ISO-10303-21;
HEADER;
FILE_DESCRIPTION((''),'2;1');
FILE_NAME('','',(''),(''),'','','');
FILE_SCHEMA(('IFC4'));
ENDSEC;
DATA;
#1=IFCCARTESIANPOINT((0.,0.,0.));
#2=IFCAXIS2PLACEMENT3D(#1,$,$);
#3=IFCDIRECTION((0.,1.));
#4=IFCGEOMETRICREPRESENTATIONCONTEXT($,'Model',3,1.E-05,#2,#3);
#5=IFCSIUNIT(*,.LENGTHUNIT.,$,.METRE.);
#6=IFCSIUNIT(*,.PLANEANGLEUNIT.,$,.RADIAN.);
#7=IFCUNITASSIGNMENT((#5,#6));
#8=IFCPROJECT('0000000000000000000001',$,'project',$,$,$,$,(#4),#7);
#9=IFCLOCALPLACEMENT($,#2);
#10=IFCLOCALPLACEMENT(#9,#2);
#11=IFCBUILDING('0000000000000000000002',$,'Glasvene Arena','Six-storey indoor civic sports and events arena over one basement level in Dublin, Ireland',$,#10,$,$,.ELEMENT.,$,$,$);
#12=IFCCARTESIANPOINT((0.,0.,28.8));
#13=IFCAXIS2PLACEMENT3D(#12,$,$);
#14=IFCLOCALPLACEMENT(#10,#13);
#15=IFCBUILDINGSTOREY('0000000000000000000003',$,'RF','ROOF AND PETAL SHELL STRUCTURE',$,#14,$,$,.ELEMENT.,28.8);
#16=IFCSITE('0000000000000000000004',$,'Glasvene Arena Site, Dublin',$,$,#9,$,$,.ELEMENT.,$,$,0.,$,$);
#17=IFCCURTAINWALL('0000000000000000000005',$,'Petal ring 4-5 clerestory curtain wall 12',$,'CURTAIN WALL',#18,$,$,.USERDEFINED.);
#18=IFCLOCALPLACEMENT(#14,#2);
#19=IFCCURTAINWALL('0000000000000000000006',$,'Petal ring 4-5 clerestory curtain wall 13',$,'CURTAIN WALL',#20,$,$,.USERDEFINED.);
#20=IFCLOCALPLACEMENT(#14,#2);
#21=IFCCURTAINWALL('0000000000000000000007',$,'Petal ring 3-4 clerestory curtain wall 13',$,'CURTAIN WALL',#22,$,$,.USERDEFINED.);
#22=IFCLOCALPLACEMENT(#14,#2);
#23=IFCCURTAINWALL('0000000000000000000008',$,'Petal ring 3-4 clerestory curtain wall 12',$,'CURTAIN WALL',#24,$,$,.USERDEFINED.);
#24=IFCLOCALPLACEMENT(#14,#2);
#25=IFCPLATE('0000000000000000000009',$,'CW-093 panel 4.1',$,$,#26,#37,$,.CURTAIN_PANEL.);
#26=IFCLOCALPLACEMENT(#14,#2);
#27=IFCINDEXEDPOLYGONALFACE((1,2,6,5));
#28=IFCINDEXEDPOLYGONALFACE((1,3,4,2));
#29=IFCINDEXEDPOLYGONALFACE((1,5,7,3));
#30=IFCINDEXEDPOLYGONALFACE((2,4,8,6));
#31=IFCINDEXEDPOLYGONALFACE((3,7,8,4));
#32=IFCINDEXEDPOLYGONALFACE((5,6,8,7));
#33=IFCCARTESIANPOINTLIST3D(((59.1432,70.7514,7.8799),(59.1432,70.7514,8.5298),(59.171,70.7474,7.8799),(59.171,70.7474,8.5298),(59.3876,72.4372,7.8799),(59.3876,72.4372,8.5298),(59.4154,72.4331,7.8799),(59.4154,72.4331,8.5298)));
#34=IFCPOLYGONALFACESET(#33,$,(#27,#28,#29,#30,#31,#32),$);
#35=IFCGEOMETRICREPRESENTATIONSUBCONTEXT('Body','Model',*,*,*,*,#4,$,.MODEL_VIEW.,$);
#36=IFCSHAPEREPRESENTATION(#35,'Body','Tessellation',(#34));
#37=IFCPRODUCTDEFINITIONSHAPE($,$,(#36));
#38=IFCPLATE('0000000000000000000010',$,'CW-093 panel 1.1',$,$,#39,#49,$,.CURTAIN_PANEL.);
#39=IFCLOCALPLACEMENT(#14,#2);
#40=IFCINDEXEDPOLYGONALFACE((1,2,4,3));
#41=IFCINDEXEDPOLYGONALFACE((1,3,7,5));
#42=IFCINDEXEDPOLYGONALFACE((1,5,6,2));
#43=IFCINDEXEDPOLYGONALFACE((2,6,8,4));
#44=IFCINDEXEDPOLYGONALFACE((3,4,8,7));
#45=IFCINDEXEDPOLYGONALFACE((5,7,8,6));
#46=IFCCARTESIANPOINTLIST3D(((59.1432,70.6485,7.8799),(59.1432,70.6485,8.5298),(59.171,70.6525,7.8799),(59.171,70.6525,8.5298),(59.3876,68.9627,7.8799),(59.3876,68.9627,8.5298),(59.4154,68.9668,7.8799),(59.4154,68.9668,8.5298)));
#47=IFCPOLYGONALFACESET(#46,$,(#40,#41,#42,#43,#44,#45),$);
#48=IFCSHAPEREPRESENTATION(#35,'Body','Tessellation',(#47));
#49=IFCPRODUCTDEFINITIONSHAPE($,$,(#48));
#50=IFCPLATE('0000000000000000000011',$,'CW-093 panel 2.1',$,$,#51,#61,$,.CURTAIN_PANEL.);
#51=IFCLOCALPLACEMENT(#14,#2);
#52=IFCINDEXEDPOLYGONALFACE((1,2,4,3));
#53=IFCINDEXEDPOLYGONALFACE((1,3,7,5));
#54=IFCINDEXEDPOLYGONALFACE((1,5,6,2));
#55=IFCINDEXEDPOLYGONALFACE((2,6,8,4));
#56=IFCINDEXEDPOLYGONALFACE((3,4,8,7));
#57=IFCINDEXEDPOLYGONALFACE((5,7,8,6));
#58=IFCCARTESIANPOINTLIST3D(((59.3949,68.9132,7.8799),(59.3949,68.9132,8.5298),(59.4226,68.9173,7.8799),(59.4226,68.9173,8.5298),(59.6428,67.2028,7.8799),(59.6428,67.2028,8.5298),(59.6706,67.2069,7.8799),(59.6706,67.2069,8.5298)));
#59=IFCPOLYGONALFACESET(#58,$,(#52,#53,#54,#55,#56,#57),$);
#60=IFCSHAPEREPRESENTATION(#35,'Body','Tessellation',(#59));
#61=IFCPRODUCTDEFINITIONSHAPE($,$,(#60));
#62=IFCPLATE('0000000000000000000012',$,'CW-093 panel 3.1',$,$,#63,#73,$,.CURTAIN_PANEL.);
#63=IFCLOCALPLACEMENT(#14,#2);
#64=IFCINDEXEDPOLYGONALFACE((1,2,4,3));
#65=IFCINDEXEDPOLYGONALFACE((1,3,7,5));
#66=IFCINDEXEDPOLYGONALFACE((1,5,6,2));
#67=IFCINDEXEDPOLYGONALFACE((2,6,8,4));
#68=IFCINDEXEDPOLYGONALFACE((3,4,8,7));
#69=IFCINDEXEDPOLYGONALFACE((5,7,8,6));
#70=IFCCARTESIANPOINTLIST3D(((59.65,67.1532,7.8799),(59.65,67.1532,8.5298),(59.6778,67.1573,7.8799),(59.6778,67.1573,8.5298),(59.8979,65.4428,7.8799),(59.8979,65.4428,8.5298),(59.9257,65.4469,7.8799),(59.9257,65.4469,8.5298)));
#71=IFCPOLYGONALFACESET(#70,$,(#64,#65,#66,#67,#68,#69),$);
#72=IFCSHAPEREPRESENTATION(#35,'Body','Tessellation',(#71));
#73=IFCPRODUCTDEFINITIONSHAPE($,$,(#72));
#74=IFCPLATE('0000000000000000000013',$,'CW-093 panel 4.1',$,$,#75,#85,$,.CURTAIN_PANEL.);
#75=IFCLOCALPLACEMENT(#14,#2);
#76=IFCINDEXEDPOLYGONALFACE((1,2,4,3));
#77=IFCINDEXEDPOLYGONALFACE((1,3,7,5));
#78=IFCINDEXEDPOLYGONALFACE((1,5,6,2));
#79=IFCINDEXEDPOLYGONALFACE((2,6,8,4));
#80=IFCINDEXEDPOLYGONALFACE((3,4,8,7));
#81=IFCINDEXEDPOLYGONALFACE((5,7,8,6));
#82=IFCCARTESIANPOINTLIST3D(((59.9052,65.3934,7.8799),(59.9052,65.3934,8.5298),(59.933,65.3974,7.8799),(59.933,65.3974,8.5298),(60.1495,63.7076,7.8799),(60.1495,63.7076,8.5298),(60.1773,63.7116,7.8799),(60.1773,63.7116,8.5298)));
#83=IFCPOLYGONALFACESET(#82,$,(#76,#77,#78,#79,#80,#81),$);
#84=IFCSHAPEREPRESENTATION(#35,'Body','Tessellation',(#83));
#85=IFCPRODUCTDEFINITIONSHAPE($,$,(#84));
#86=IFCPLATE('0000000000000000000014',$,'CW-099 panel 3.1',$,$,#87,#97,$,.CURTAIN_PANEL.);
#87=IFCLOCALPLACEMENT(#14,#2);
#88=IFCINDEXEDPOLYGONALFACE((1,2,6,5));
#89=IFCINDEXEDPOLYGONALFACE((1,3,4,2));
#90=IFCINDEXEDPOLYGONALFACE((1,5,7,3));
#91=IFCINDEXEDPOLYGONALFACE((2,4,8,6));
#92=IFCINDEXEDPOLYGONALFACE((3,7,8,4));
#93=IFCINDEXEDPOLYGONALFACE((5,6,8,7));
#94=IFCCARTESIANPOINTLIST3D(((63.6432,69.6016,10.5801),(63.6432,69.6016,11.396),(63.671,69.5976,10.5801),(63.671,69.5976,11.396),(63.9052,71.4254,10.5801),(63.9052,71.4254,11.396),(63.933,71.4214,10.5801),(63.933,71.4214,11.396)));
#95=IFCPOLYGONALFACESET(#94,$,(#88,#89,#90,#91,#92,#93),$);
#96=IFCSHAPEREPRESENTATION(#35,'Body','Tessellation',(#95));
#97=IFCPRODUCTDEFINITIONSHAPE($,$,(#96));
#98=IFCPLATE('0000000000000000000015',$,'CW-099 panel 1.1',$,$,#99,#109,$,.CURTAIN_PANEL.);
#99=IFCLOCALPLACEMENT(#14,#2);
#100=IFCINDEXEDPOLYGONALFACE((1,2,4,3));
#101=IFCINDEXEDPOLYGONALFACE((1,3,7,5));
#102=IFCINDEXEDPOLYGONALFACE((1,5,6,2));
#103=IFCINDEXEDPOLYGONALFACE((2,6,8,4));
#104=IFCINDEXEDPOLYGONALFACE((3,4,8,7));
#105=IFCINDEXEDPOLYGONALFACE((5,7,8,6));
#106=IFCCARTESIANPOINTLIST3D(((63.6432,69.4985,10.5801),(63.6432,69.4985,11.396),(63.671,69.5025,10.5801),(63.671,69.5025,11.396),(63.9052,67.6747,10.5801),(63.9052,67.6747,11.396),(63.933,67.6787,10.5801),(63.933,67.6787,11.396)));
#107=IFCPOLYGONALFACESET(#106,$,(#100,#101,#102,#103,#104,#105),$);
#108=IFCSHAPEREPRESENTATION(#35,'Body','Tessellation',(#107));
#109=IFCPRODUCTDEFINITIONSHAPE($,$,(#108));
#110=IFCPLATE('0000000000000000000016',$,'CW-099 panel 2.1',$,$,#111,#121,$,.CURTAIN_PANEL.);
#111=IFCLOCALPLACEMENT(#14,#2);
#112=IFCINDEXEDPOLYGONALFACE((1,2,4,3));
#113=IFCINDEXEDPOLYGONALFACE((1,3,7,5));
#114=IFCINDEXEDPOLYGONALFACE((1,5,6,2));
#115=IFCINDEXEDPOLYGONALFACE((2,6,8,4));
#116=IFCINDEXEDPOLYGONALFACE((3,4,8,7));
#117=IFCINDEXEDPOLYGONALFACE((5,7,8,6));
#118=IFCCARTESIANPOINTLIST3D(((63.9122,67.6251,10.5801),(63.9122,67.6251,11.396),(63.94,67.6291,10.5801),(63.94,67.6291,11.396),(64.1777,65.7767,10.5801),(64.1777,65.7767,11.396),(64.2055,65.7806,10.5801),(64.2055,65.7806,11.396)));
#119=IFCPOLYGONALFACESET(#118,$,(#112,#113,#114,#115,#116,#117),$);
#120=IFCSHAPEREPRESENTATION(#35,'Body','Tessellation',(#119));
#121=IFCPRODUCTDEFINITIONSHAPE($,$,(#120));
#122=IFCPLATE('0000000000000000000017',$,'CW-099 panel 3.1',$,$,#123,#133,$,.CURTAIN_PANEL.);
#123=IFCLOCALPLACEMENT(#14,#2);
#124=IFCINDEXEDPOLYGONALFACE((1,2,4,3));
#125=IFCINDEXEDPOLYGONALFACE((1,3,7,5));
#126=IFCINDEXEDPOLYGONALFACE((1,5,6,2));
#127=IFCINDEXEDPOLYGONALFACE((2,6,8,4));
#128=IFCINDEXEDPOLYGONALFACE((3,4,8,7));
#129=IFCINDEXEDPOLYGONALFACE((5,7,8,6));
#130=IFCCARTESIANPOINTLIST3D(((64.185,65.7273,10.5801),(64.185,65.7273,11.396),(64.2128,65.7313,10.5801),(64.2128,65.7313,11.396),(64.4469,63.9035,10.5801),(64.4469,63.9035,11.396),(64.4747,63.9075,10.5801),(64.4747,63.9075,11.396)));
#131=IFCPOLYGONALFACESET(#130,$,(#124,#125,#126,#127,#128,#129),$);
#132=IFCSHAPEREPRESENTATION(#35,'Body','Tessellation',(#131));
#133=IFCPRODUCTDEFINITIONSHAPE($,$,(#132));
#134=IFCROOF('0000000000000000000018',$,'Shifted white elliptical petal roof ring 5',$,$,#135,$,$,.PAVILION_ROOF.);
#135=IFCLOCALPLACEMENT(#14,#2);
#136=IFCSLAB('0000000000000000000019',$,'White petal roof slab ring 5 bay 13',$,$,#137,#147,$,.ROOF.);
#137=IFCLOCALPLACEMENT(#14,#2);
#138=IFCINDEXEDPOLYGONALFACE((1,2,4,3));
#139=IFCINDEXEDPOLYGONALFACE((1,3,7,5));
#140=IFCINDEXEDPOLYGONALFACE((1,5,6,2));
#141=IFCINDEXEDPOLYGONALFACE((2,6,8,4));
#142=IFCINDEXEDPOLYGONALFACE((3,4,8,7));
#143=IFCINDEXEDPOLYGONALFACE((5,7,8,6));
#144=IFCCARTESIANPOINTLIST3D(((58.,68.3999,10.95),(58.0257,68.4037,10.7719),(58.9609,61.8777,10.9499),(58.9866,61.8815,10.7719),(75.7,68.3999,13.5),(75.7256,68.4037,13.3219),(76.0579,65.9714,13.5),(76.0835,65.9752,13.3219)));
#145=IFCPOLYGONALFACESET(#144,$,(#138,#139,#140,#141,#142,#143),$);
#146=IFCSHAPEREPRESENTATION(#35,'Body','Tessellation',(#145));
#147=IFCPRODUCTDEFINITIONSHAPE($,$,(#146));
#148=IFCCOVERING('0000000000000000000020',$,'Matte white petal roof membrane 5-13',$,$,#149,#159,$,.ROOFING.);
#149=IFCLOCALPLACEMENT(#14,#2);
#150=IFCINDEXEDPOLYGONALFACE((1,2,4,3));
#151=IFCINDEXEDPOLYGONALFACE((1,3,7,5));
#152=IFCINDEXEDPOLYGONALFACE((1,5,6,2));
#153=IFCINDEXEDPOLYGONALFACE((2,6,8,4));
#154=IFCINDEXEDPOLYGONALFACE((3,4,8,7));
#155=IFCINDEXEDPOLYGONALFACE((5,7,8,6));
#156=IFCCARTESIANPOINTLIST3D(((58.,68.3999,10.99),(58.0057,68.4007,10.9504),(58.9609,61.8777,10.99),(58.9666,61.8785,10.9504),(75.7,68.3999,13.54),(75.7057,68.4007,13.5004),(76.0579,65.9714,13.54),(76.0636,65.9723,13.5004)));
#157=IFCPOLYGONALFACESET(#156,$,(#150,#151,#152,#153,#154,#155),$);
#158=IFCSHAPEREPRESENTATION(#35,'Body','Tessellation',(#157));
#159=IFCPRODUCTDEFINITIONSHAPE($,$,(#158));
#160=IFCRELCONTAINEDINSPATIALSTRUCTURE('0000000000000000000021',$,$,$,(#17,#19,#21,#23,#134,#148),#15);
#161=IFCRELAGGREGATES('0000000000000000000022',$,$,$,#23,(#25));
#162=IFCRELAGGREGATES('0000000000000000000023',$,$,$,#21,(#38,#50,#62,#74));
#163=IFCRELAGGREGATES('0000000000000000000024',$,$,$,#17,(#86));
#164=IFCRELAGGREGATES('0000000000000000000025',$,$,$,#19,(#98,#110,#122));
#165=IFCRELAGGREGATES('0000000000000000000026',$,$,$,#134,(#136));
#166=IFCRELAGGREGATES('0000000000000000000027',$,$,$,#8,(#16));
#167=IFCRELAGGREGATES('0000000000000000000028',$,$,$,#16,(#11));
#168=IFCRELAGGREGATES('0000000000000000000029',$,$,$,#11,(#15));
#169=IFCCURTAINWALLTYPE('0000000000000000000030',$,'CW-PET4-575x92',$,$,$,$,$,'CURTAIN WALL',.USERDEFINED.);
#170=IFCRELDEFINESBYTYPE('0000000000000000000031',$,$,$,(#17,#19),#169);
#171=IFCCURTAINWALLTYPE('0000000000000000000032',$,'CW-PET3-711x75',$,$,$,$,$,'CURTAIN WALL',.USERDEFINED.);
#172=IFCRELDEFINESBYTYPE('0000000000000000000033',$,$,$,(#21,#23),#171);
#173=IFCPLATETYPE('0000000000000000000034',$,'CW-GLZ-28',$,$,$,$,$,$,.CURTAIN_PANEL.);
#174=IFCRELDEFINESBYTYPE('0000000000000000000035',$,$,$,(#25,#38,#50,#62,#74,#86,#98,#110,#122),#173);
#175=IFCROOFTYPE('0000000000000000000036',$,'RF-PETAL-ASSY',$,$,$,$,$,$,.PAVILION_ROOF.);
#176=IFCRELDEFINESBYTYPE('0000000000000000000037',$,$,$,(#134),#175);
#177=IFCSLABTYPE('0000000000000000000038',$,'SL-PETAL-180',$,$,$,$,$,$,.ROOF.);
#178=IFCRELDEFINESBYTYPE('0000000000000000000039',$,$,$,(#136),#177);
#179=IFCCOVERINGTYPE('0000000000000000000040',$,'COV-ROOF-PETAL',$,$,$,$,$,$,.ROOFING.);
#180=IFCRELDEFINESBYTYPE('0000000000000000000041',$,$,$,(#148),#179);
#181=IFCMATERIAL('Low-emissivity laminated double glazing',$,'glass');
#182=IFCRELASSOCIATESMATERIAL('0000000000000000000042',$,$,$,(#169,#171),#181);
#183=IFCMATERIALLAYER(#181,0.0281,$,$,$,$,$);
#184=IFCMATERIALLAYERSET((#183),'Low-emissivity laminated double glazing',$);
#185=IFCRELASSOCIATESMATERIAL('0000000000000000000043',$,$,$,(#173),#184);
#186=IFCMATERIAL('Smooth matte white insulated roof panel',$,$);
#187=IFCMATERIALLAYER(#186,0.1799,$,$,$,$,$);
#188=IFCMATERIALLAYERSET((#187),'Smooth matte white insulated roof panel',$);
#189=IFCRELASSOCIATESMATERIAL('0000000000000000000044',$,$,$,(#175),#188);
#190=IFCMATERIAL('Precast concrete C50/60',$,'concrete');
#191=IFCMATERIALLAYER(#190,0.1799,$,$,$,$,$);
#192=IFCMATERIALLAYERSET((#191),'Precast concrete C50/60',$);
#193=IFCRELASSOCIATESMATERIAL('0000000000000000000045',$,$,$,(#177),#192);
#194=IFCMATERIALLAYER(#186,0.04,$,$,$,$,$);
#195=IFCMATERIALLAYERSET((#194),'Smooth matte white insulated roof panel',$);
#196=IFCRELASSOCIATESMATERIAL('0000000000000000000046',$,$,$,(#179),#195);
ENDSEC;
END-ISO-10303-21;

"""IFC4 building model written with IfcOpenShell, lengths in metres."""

from ifc_helpers import new_model, si_unit, direction, frame, origin, origin_2d, place, context, subcontext, project, spatial, polyline, rectangle, outline, extrude, material, layer, layer_set, type_object, element, aggregate, save


model = new_model("IFC4")

# Units and contexts
model_context = context("Model", 3, precision=1e-05, world=origin(), true_north=direction((0.0, 1.0)))
body_context = subcontext(model_context, "Body", "Model", "MODEL_VIEW")
ifc_project = project(units=[si_unit("LENGTHUNIT", "METRE"), si_unit("PLANEANGLEUNIT", "RADIAN")], contexts=[model_context])

# Site, building, storey
site_placement = place(None, origin())
site = spatial("IfcSite", under=ifc_project, at=site_placement, Name="Glasvene Arena Site, Dublin", CompositionType="ELEMENT", RefElevation=0.0)
building_placement = place(site_placement, origin())
building = spatial("IfcBuilding", under=site, at=building_placement, Name="Glasvene Arena", Description="Six-storey indoor civic sports and events arena over one basement level in Dublin, Ireland", CompositionType="ELEMENT")
storey_placement = place(building_placement, frame((0.0, 0.0, 28.8)))
storey = spatial("IfcBuildingStorey", under=building, at=storey_placement, Name="RF", Description="ROOF AND PETAL SHELL STRUCTURE", CompositionType="ELEMENT", Elevation=28.8)

# Curtain walls
ifc_material_1 = material(Name="Low-emissivity laminated double glazing", Category="glass")
curtain_wall_type_1 = type_object("IfcCurtainWallType", Name="CW-PET4-575x92", ElementType="CURTAIN WALL", PredefinedType="USERDEFINED", material=ifc_material_1)
curtain_wall_1_placement = place(storey_placement, frame((64.4678, 75.2439, 0.0)))
curtain_wall_1 = element("IfcCurtainWall", 1, at=curtain_wall_1_placement, inside=storey, type_object=curtain_wall_type_1, Name="Petal ring 4-5 clerestory curtain wall 12", ObjectType="CURTAIN WALL", PredefinedType="USERDEFINED")
curtain_wall_2_placement = place(storey_placement, frame((63.6499, 69.55, 0.0)))
curtain_wall_2 = element("IfcCurtainWall", 2, at=curtain_wall_2_placement, inside=storey, type_object=curtain_wall_type_1, Name="Petal ring 4-5 clerestory curtain wall 13", ObjectType="CURTAIN WALL", PredefinedType="USERDEFINED")
curtain_wall_type_2 = type_object("IfcCurtainWallType", Name="CW-PET3-711x75", ElementType="CURTAIN WALL", PredefinedType="USERDEFINED", material=ifc_material_1)
curtain_wall_3_placement = place(storey_placement, frame((59.1499, 70.7, 0.0)))
curtain_wall_3 = element("IfcCurtainWall", 3, at=curtain_wall_3_placement, inside=storey, type_object=curtain_wall_type_2, Name="Petal ring 3-4 clerestory curtain wall 13", ObjectType="CURTAIN WALL", PredefinedType="USERDEFINED")

# Curtain wall, plate
curtain_wall_4_placement = place(storey_placement, frame((60.1704, 77.74, 0.0)))
curtain_wall_4 = element("IfcCurtainWall", 4, at=curtain_wall_4_placement, inside=storey, type_object=curtain_wall_type_2, Name="Petal ring 3-4 clerestory curtain wall 12", ObjectType="CURTAIN WALL", PredefinedType="USERDEFINED")
ifc_layer_1 = layer(ifc_material_1, 0.0281)
ifc_layer_set_1 = layer_set([ifc_layer_1], Name="Low-emissivity laminated double glazing")
plate_type = type_object("IfcPlateType", Name="CW-GLZ-28", PredefinedType="CURTAIN_PANEL", material=ifc_layer_set_1)
plate_1_placement = place(storey_placement, frame((59.2793, 71.5923, 7.8799), z_axis=(0.0, 0.0, 1.0), x_axis=(-0.14346, -0.989656, 0.0)))
plate_1 = element("IfcPlate", 5, at=plate_1_placement, type_object=plate_type, Name="CW-093 panel 4.1", PredefinedType="CURTAIN_PANEL", context=body_context, shape_type="SweptSolid", body=[
    extrude(rectangle(XDim=1.7034, YDim=0.0281, at=origin_2d()), origin(), (0.0, 0.0, 1.0), 0.6499),
])
aggregate(curtain_wall_4, [plate_1])

# Plates
plate_2_placement = place(storey_placement, frame((59.2793, 69.8076, 7.8799), z_axis=(0.0, 0.0, 1.0), x_axis=(0.14346, -0.989656, 0.0)))
plate_2 = element("IfcPlate", 6, at=plate_2_placement, type_object=plate_type, Name="CW-093 panel 1.1", PredefinedType="CURTAIN_PANEL", context=body_context, shape_type="SweptSolid", body=[
    extrude(rectangle(XDim=1.7034, YDim=0.0281, at=origin_2d()), origin(), (0.0, 0.0, 1.0), 0.6499),
])
plate_3_placement = place(storey_placement, frame((59.5327, 68.0601, 7.8799), z_axis=(0.0, 0.0, 1.0), x_axis=(0.14346, -0.989656, 0.0)))
plate_3 = element("IfcPlate", 7, at=plate_3_placement, type_object=plate_type, Name="CW-093 panel 2.1", PredefinedType="CURTAIN_PANEL", context=body_context, shape_type="SweptSolid", body=[
    extrude(rectangle(XDim=1.7283, YDim=0.0281, at=origin_2d()), origin(), (0.0, 0.0, 1.0), 0.6499),
])
plate_4_placement = place(storey_placement, frame((59.7878, 66.3, 7.8799), z_axis=(0.0, 0.0, 1.0), x_axis=(0.14346, -0.989656, 0.0)))
plate_4 = element("IfcPlate", 8, at=plate_4_placement, type_object=plate_type, Name="CW-093 panel 3.1", PredefinedType="CURTAIN_PANEL", context=body_context, shape_type="SweptSolid", body=[
    extrude(rectangle(XDim=1.7283, YDim=0.0281, at=origin_2d()), origin(), (0.0, 0.0, 1.0), 0.6499),
])
plate_5_placement = place(storey_placement, frame((60.0413, 64.5525, 7.8799), z_axis=(0.0, 0.0, 1.0), x_axis=(0.14346, -0.989656, 0.0)))
plate_5 = element("IfcPlate", 9, at=plate_5_placement, type_object=plate_type, Name="CW-093 panel 4.1", PredefinedType="CURTAIN_PANEL", context=body_context, shape_type="SweptSolid", body=[
    extrude(rectangle(XDim=1.7034, YDim=0.0281, at=origin_2d()), origin(), (0.0, 0.0, 1.0), 0.6499),
])
aggregate(curtain_wall_3, [plate_2, plate_3, plate_4, plate_5])
plate_6_placement = place(storey_placement, frame((63.7881, 70.5115, 10.5801), z_axis=(0.0, 0.0, 1.0), x_axis=(-0.142166, -0.989843, 0.0)))
plate_6 = element("IfcPlate", 10, at=plate_6_placement, type_object=plate_type, Name="CW-099 panel 3.1", PredefinedType="CURTAIN_PANEL", context=body_context, shape_type="SweptSolid", body=[
    extrude(rectangle(XDim=1.8425, YDim=0.0281, at=origin_2d()), origin(), (0.0, 0.0, 1.0), 0.8159),
])
aggregate(curtain_wall_1, [plate_6])
plate_7_placement = place(storey_placement, frame((63.7881, 68.5886, 10.5801), z_axis=(0.0, 0.0, 1.0), x_axis=(0.142166, -0.989843, 0.0)))
plate_7 = element("IfcPlate", 11, at=plate_7_placement, type_object=plate_type, Name="CW-099 panel 1.1", PredefinedType="CURTAIN_PANEL", context=body_context, shape_type="SweptSolid", body=[
    extrude(rectangle(XDim=1.8425, YDim=0.0281, at=origin_2d()), origin(), (0.0, 0.0, 1.0), 0.8159),
])
plate_8_placement = place(storey_placement, frame((64.0588, 66.7029, 10.5801), z_axis=(0.0, 0.0, 1.0), x_axis=(0.142166, -0.989843, 0.0)))
plate_8 = element("IfcPlate", 12, at=plate_8_placement, type_object=plate_type, Name="CW-099 panel 2.1", PredefinedType="CURTAIN_PANEL", context=body_context, shape_type="SweptSolid", body=[
    extrude(rectangle(XDim=1.8674, YDim=0.0281, at=origin_2d()), origin(), (0.0, 0.0, 1.0), 0.8159),
])
plate_9_placement = place(storey_placement, frame((64.3298, 64.8174, 10.5801), z_axis=(0.0, 0.0, 1.0), x_axis=(0.142166, -0.989843, 0.0)))
plate_9 = element("IfcPlate", 13, at=plate_9_placement, type_object=plate_type, Name="CW-099 panel 3.1", PredefinedType="CURTAIN_PANEL", context=body_context, shape_type="SweptSolid", body=[
    extrude(rectangle(XDim=1.8425, YDim=0.0281, at=origin_2d()), origin(), (0.0, 0.0, 1.0), 0.8159),
])
aggregate(curtain_wall_2, [plate_7, plate_8, plate_9])

# Roof, slab
ifc_material_2 = material(Name="Smooth matte white insulated roof panel")
ifc_layer_2 = layer(ifc_material_2, 0.1799)
ifc_layer_set_2 = layer_set([ifc_layer_2], Name="Smooth matte white insulated roof panel")
roof_type = type_object("IfcRoofType", Name="RF-PETAL-ASSY", PredefinedType="PAVILION_ROOF", material=ifc_layer_set_2)
roof_placement = place(storey_placement, frame((86.2, 68.3999, 10.95)))
roof = element("IfcRoof", 14, at=roof_placement, inside=storey, type_object=roof_type, Name="Shifted white elliptical petal roof ring 5", PredefinedType="PAVILION_ROOF")
ifc_material_3 = material(Name="Precast concrete C50/60", Category="concrete")
ifc_layer_3 = layer(ifc_material_3, 0.1799)
ifc_layer_set_3 = layer_set([ifc_layer_3], Name="Precast concrete C50/60")
slab_type = type_object("IfcSlabType", Name="SL-PETAL-180", PredefinedType="ROOF", material=ifc_layer_set_3)
slab_placement = place(storey_placement, frame((58.0, 68.3999, 10.95), z_axis=(-0.142566, -0.021007, 0.989562), x_axis=(0.14576, -0.98932, -0.000002)))
slab = element("IfcSlab", 15, at=slab_placement, type_object=slab_type, Name="White petal roof slab ring 5 bay 13", PredefinedType="ROOF", context=body_context, shape_type="SweptSolid", body=[
    extrude(outline(polyline([(0.0, 0.0), (6.5926, 0.0), (5.0346, 17.6957), (2.5799, 17.6956), (0.0, 0.0)])), origin(), (0.0, 0.0, -1.0), 0.1799),
])
aggregate(roof, [slab])

# Covering
ifc_layer_4 = layer(ifc_material_2, 0.04)
ifc_layer_set_4 = layer_set([ifc_layer_4], Name="Smooth matte white insulated roof panel")
covering_type = type_object("IfcCoveringType", Name="COV-ROOF-PETAL", PredefinedType="ROOFING", material=ifc_layer_set_4)
covering_placement = place(storey_placement, frame((58.0, 68.3999, 10.99), z_axis=(-0.142566, -0.021007, 0.989562), x_axis=(0.14576, -0.98932, -0.000002)))
element("IfcCovering", 16, at=covering_placement, inside=storey, type_object=covering_type, Name="Matte white petal roof membrane 5-13", PredefinedType="ROOFING", context=body_context, shape_type="SweptSolid", body=[
    extrude(outline(polyline([(0.0, 0.0), (6.5926, 0.0), (5.0346, 17.6957), (2.5799, 17.6956), (0.0, 0.0)])), origin(), (0.0, 0.0, -1.0), 0.04),
])

save(model, "model.ifc")
